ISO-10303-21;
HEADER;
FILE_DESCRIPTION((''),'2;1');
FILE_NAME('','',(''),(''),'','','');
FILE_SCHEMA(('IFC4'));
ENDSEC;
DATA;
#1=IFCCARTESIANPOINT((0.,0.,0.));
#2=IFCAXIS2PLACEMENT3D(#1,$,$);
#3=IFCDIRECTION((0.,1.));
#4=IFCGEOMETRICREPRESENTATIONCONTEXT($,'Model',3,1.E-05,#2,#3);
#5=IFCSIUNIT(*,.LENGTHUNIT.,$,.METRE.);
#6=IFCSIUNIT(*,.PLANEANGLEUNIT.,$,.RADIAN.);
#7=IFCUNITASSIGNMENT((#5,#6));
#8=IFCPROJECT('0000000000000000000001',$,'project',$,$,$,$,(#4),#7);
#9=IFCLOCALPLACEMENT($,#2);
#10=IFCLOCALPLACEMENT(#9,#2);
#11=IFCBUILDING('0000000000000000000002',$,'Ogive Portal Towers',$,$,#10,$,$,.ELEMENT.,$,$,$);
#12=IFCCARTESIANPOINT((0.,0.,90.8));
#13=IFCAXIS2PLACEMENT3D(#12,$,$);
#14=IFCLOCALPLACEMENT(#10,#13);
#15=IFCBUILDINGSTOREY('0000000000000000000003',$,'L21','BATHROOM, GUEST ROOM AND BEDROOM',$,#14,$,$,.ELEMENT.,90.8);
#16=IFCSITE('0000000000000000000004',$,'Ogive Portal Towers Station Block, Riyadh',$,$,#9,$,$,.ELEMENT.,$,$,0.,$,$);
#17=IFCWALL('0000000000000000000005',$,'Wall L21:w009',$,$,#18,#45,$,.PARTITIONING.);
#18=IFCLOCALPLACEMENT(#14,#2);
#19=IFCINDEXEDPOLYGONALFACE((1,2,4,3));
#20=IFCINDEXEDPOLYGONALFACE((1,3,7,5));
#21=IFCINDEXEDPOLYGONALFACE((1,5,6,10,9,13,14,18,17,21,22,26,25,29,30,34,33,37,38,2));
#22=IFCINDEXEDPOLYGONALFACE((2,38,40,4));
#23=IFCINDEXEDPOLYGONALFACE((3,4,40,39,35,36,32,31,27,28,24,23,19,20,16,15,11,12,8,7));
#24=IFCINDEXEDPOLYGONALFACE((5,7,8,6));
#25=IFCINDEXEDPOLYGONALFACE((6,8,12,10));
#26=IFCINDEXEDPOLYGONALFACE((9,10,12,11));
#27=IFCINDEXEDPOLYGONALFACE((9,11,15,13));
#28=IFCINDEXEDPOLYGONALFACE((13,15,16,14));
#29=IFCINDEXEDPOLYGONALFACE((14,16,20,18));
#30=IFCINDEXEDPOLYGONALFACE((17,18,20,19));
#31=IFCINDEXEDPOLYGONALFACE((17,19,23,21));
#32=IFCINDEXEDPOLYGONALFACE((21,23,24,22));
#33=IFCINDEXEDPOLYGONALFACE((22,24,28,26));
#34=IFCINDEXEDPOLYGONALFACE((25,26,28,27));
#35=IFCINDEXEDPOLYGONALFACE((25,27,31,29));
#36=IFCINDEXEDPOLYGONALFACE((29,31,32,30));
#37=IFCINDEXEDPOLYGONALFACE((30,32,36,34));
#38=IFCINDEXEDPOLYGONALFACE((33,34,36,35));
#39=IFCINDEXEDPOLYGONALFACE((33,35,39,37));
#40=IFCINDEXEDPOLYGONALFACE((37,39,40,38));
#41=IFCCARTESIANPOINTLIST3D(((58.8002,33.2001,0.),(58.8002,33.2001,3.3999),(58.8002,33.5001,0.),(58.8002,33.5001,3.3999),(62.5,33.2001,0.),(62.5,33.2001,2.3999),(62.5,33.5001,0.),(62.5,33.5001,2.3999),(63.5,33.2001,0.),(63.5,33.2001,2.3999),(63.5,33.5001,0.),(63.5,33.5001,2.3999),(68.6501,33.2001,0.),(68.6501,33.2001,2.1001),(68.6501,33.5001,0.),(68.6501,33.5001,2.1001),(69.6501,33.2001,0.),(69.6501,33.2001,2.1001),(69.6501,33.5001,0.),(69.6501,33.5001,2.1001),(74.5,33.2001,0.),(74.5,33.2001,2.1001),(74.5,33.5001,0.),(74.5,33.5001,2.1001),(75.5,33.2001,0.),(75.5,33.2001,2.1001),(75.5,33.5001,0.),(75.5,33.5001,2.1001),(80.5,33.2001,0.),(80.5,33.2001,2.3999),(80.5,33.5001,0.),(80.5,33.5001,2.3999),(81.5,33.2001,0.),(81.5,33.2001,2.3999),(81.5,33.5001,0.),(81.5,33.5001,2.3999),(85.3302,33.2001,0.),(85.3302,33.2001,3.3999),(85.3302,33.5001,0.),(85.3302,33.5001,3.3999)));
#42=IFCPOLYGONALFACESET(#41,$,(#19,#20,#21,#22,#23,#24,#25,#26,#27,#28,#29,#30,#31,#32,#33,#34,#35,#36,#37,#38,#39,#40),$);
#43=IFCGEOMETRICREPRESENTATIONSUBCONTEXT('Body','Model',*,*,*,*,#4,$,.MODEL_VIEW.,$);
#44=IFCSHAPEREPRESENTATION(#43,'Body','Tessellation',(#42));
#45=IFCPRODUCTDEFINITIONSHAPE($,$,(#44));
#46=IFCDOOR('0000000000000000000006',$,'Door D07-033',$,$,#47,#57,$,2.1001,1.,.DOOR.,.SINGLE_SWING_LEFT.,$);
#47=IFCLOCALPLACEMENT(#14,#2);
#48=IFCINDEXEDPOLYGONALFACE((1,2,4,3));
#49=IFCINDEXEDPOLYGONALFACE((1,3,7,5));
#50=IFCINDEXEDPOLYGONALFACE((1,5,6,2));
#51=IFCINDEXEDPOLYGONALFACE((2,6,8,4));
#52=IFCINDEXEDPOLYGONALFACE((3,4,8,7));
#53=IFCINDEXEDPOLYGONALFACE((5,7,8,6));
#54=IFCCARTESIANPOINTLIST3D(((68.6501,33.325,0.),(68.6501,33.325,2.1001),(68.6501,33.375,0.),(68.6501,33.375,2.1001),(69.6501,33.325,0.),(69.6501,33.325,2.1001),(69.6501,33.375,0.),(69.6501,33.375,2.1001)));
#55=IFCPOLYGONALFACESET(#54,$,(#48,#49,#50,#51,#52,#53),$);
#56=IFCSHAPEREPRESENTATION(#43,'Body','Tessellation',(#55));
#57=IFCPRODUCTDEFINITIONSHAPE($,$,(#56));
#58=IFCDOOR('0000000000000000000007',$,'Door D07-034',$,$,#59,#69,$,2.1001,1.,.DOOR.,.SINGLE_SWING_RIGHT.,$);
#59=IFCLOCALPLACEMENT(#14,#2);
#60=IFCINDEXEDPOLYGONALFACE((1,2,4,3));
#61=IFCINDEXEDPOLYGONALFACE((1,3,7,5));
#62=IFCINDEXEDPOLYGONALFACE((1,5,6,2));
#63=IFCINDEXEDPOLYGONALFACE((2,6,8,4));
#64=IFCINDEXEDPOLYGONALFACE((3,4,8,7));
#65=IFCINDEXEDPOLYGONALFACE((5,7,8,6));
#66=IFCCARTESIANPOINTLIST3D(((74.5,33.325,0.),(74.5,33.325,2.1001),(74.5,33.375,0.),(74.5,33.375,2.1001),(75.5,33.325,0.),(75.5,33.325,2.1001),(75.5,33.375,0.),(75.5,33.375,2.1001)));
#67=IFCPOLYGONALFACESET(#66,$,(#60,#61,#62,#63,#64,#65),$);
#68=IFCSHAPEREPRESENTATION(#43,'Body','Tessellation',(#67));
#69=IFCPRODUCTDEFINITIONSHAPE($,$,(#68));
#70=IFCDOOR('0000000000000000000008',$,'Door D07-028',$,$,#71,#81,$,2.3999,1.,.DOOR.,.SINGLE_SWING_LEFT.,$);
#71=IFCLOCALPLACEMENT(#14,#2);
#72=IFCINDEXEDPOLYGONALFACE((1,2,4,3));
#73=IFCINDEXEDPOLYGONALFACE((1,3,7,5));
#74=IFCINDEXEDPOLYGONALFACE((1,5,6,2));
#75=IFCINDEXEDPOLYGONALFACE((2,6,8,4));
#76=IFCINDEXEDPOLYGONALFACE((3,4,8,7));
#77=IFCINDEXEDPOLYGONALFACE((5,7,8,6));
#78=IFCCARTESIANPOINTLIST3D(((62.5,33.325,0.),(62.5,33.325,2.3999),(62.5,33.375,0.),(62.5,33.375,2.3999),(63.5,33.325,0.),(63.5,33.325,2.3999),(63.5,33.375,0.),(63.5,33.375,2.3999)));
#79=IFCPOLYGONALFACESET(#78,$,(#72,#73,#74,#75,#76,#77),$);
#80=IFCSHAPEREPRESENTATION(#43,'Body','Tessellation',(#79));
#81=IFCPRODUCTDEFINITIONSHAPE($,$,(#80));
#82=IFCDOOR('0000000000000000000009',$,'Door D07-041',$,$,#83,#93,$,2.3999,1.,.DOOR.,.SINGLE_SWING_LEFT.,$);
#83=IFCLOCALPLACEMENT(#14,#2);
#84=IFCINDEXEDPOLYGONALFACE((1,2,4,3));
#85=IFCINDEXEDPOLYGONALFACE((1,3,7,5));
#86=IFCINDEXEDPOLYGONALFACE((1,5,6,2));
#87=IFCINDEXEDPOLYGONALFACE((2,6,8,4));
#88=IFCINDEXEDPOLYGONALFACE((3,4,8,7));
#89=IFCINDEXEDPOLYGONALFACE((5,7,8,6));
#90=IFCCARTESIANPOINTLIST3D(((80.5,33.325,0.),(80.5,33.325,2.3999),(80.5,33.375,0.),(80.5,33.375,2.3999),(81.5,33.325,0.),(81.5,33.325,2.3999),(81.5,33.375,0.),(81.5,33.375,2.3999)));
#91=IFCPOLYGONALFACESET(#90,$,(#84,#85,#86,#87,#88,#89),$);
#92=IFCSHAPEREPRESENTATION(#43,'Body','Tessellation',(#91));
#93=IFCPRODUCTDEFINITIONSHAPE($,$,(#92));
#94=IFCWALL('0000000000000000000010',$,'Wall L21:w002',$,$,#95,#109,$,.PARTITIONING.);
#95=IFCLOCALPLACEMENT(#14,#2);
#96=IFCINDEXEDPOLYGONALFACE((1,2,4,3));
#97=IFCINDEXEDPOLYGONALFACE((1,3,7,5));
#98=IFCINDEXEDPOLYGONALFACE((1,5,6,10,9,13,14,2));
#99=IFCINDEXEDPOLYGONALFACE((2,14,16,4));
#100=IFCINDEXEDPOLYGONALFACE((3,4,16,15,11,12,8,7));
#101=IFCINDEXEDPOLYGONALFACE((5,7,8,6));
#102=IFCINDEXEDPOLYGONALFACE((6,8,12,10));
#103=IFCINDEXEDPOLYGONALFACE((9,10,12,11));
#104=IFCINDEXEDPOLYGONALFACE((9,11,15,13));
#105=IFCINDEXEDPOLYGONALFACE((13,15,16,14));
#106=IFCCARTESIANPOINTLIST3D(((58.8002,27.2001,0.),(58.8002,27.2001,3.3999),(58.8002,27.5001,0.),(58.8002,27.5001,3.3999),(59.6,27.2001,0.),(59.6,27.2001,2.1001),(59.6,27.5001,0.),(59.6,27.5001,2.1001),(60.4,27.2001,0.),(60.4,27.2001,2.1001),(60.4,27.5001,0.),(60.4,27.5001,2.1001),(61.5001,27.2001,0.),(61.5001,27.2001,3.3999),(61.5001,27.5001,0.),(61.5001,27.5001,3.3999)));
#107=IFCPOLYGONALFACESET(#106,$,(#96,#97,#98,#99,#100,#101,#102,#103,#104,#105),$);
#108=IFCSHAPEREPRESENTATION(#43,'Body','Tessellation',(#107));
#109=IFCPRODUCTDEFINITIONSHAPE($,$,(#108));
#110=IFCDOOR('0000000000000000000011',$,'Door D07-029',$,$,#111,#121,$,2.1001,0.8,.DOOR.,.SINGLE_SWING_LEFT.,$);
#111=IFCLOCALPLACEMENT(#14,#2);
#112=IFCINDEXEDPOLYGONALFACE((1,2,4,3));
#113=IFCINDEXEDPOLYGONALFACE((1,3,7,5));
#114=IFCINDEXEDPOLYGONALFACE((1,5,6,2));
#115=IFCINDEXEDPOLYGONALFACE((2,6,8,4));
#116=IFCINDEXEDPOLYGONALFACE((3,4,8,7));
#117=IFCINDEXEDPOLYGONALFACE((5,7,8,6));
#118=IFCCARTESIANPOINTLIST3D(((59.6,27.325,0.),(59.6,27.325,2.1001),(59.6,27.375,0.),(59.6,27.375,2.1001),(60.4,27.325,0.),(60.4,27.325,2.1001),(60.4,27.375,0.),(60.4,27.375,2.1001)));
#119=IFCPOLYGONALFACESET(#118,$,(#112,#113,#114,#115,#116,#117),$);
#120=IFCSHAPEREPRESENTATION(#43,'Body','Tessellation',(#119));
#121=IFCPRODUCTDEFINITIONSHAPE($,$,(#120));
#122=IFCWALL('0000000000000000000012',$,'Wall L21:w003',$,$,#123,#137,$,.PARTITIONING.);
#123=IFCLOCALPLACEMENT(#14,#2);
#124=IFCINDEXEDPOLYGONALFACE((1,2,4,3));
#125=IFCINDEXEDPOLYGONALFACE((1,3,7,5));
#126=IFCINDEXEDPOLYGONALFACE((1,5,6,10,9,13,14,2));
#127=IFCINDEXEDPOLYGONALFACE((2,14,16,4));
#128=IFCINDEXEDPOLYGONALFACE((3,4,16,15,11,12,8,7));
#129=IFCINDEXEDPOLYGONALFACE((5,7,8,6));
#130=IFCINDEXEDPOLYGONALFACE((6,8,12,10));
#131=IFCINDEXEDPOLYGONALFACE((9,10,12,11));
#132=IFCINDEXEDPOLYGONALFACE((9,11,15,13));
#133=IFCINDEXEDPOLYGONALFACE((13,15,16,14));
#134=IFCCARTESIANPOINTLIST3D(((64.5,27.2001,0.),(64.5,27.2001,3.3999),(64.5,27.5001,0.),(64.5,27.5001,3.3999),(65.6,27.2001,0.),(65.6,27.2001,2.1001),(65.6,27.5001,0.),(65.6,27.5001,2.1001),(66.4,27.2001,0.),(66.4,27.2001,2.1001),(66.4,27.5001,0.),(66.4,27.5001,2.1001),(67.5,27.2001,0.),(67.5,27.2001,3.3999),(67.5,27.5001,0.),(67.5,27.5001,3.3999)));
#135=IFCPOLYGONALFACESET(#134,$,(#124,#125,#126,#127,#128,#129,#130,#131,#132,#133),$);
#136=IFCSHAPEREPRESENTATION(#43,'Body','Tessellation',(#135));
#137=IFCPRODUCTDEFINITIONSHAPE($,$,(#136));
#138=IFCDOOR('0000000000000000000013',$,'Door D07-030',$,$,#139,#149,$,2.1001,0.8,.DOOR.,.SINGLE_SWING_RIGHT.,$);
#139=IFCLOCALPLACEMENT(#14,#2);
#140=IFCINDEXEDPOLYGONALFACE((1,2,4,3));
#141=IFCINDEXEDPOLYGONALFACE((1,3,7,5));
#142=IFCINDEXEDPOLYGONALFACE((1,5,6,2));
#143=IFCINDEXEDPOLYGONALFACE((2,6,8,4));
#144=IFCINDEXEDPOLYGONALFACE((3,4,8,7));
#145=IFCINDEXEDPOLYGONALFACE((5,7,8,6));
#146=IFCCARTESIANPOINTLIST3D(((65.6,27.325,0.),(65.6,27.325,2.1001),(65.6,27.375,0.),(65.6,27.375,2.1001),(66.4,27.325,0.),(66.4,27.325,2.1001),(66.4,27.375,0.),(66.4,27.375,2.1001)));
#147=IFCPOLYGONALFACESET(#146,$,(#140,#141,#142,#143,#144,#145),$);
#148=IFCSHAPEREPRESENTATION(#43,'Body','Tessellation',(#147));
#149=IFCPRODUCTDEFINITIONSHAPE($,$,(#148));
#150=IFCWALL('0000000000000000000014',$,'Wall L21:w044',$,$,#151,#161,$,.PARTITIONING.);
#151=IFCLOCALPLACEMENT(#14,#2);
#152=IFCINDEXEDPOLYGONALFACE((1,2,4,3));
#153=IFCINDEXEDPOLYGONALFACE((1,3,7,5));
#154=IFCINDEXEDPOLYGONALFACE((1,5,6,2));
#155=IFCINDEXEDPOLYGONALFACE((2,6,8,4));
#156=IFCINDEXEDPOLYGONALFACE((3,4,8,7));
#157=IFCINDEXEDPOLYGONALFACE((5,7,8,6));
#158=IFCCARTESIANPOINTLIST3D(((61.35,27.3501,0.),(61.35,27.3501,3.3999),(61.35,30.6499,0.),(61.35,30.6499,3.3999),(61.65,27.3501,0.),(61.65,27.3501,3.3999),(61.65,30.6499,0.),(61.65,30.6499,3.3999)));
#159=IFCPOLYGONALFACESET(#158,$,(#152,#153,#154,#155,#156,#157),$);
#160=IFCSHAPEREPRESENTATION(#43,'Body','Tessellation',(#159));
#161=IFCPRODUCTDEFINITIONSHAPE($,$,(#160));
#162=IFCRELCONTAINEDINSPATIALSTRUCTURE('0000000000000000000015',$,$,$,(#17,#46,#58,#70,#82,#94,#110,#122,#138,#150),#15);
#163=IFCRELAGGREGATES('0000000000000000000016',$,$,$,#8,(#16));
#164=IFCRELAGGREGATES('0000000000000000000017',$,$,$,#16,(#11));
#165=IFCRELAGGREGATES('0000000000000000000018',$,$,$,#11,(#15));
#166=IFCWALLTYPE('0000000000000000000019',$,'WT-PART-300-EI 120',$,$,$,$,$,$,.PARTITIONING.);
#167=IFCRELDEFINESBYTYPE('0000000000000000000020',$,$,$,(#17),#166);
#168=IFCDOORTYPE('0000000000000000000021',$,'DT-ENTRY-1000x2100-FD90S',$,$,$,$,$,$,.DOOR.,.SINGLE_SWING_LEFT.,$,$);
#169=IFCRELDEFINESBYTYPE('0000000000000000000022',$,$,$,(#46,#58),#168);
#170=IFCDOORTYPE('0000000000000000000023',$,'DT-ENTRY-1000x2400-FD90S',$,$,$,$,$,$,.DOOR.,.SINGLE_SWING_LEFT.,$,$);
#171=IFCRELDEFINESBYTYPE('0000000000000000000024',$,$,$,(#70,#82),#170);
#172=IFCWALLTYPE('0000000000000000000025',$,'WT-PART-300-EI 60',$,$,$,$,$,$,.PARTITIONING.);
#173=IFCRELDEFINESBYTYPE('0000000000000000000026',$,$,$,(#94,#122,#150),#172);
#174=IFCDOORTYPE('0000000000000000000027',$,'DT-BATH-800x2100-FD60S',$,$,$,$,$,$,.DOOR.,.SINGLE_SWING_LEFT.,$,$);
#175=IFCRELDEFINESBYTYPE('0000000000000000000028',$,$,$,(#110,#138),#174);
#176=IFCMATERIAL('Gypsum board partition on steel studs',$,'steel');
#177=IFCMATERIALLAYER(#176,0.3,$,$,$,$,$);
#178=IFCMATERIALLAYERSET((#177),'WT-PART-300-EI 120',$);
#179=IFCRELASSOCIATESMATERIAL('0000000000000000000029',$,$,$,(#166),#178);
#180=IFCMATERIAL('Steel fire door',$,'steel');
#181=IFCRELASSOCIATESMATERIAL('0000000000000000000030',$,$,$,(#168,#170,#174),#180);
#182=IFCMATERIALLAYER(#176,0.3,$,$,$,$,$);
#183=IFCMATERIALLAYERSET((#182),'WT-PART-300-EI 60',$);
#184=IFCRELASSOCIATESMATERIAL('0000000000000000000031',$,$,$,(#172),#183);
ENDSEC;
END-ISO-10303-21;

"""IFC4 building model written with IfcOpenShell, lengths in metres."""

from ifc_helpers import new_model, si_unit, direction, frame, frame_2d, origin, place, context, subcontext, project, spatial, rectangle, extrude, material, layer, layer_set, type_object, element, fill, save


model = new_model("IFC4")

# Units and contexts
model_context = context("Model", 3, precision=1e-05, world=origin(), true_north=direction((0.0, 1.0)))
body_context = subcontext(model_context, "Body", "Model", "MODEL_VIEW")
ifc_project = project(units=[si_unit("LENGTHUNIT", "METRE"), si_unit("PLANEANGLEUNIT", "RADIAN")], contexts=[model_context])

# Site, building, storey
site_placement = place(None, origin())
site = spatial("IfcSite", under=ifc_project, at=site_placement, Name="Ogive Portal Towers Station Block, Riyadh", CompositionType="ELEMENT", RefElevation=0.0)
building_placement = place(site_placement, origin())
building = spatial("IfcBuilding", under=site, at=building_placement, Name="Ogive Portal Towers", CompositionType="ELEMENT")
storey_placement = place(building_placement, frame((0.0, 0.0, 90.8)))
storey = spatial("IfcBuildingStorey", under=building, at=storey_placement, Name="L21", Description="BATHROOM, GUEST ROOM AND BEDROOM", CompositionType="ELEMENT", Elevation=90.8)

# Wall, openings, doors
ifc_material_1 = material(Name="Gypsum board partition on steel studs", Category="steel")
ifc_layer_1 = layer(ifc_material_1, 0.3)
ifc_layer_set_1 = layer_set([ifc_layer_1], Name="WT-PART-300-EI 120")
wall_type_1 = type_object("IfcWallType", Name="WT-PART-300-EI 120", PredefinedType="PARTITIONING", material=ifc_layer_set_1)
ifc_material_2 = material(Name="Steel fire door", Category="steel")
door_type_1 = type_object("IfcDoorType", Name="DT-ENTRY-1000x2100-FD90S", OperationType="SINGLE_SWING_LEFT", PredefinedType="DOOR", material=ifc_material_2)
door_type_2 = type_object("IfcDoorType", Name="DT-ENTRY-1000x2400-FD90S", OperationType="SINGLE_SWING_LEFT", PredefinedType="DOOR", material=ifc_material_2)
wall_1_placement = place(storey_placement, frame((58.8, 33.3501, 0.0), z_axis=(0.0, 0.0, 1.0), x_axis=(1.0, 0.0, 0.0)))
wall_1 = element("IfcWall", 1, at=wall_1_placement, inside=storey, type_object=wall_type_1, Name="Wall L21:w009", PredefinedType="PARTITIONING", context=body_context, shape_type="SweptSolid", body=[
    extrude(rectangle(XDim=26.53, YDim=0.3, at=frame_2d((13.2651, 0.0))), origin(), (0.0, 0.0, 1.0), 3.3999),
])
opening_1_placement = place(wall_1_placement, frame((3.7, 0.0, 0.0)))
opening_1 = element("IfcOpeningElement", 2, at=opening_1_placement, cuts=wall_1, PredefinedType="OPENING", context=body_context, shape_type="SweptSolid", body=[
    extrude(rectangle(XDim=1.0, YDim=2.3999, at=frame_2d((0.5, 1.2))), frame((0.0, 0.1602, 0.0), z_axis=(0.0, -1.0, 0.0), x_axis=(1.0, 0.0, 0.0)), (0.0, 0.0, 1.0), 0.3201),
])
opening_2_placement = place(wall_1_placement, frame((9.8501, 0.0, 0.0)))
opening_2 = element("IfcOpeningElement", 3, at=opening_2_placement, cuts=wall_1, PredefinedType="OPENING", context=body_context, shape_type="SweptSolid", body=[
    extrude(rectangle(XDim=1.0, YDim=2.1001, at=frame_2d((0.5, 1.05))), frame((0.0, 0.1602, 0.0), z_axis=(0.0, -1.0, 0.0), x_axis=(1.0, 0.0, 0.0)), (0.0, 0.0, 1.0), 0.3201),
])
opening_3_placement = place(wall_1_placement, frame((15.7, 0.0, 0.0)))
opening_3 = element("IfcOpeningElement", 4, at=opening_3_placement, cuts=wall_1, PredefinedType="OPENING", context=body_context, shape_type="SweptSolid", body=[
    extrude(rectangle(XDim=1.0, YDim=2.1001, at=frame_2d((0.5, 1.05))), frame((0.0, 0.1602, 0.0), z_axis=(0.0, -1.0, 0.0), x_axis=(1.0, 0.0, 0.0)), (0.0, 0.0, 1.0), 0.3201),
])
opening_4_placement = place(wall_1_placement, frame((21.7, 0.0, 0.0)))
opening_4 = element("IfcOpeningElement", 5, at=opening_4_placement, cuts=wall_1, PredefinedType="OPENING", context=body_context, shape_type="SweptSolid", body=[
    extrude(rectangle(XDim=1.0, YDim=2.3999, at=frame_2d((0.5, 1.2))), frame((0.0, 0.1602, 0.0), z_axis=(0.0, -1.0, 0.0), x_axis=(1.0, 0.0, 0.0)), (0.0, 0.0, 1.0), 0.3201),
])
door_1_placement = place(opening_2_placement, origin())
door_1 = element("IfcDoor", 6, at=door_1_placement, inside=storey, type_object=door_type_1, Name="Door D07-033", OperationType="SINGLE_SWING_LEFT", OverallHeight=2.1001, OverallWidth=1.0, PredefinedType="DOOR", context=body_context, shape_type="SweptSolid", body=[
    extrude(rectangle(XDim=1.0, YDim=2.1001, at=frame_2d((0.5, 1.05))), frame((0.0, 0.0249, 0.0), z_axis=(0.0, -1.0, 0.0), x_axis=(1.0, 0.0, 0.0)), (0.0, 0.0, 1.0), 0.05),
])
fill(opening_2, door_1)
door_2_placement = place(opening_3_placement, origin())
door_2 = element("IfcDoor", 7, at=door_2_placement, inside=storey, type_object=door_type_1, Name="Door D07-034", OperationType="SINGLE_SWING_RIGHT", OverallHeight=2.1001, OverallWidth=1.0, PredefinedType="DOOR", context=body_context, shape_type="SweptSolid", body=[
    extrude(rectangle(XDim=1.0, YDim=2.1001, at=frame_2d((0.5, 1.05))), frame((0.0, 0.0249, 0.0), z_axis=(0.0, -1.0, 0.0), x_axis=(1.0, 0.0, 0.0)), (0.0, 0.0, 1.0), 0.05),
])
fill(opening_3, door_2)
door_3_placement = place(opening_1_placement, origin())
door_3 = element("IfcDoor", 8, at=door_3_placement, inside=storey, type_object=door_type_2, Name="Door D07-028", OperationType="SINGLE_SWING_LEFT", OverallHeight=2.3999, OverallWidth=1.0, PredefinedType="DOOR", context=body_context, shape_type="SweptSolid", body=[
    extrude(rectangle(XDim=1.0, YDim=2.3999, at=frame_2d((0.5, 1.2))), frame((0.0, 0.0249, 0.0), z_axis=(0.0, -1.0, 0.0), x_axis=(1.0, 0.0, 0.0)), (0.0, 0.0, 1.0), 0.05),
])
fill(opening_1, door_3)
door_4_placement = place(opening_4_placement, origin())
door_4 = element("IfcDoor", 9, at=door_4_placement, inside=storey, type_object=door_type_2, Name="Door D07-041", OperationType="SINGLE_SWING_LEFT", OverallHeight=2.3999, OverallWidth=1.0, PredefinedType="DOOR", context=body_context, shape_type="SweptSolid", body=[
    extrude(rectangle(XDim=1.0, YDim=2.3999, at=frame_2d((0.5, 1.2))), frame((0.0, 0.0249, 0.0), z_axis=(0.0, -1.0, 0.0), x_axis=(1.0, 0.0, 0.0)), (0.0, 0.0, 1.0), 0.05),
])
fill(opening_4, door_4)

# Walls, openings, doors
ifc_layer_2 = layer(ifc_material_1, 0.3)
ifc_layer_set_2 = layer_set([ifc_layer_2], Name="WT-PART-300-EI 60")
wall_type_2 = type_object("IfcWallType", Name="WT-PART-300-EI 60", PredefinedType="PARTITIONING", material=ifc_layer_set_2)
wall_2_placement = place(storey_placement, frame((58.8, 27.3501, 0.0), z_axis=(0.0, 0.0, 1.0), x_axis=(1.0, 0.0, 0.0)))
wall_2 = element("IfcWall", 10, at=wall_2_placement, inside=storey, type_object=wall_type_2, Name="Wall L21:w002", PredefinedType="PARTITIONING", context=body_context, shape_type="SweptSolid", body=[
    extrude(rectangle(XDim=2.7, YDim=0.3, at=frame_2d((1.3501, 0.0))), origin(), (0.0, 0.0, 1.0), 3.3999),
])
opening_5_placement = place(wall_2_placement, frame((0.8, 0.0, 0.0)))
opening_5 = element("IfcOpeningElement", 11, at=opening_5_placement, cuts=wall_2, PredefinedType="OPENING", context=body_context, shape_type="SweptSolid", body=[
    extrude(rectangle(XDim=0.8, YDim=2.1001, at=frame_2d((0.3999, 1.05))), frame((0.0, 0.1602, 0.0), z_axis=(0.0, -1.0, 0.0), x_axis=(1.0, 0.0, 0.0)), (0.0, 0.0, 1.0), 0.3201),
])
door_type_3 = type_object("IfcDoorType", Name="DT-BATH-800x2100-FD60S", OperationType="SINGLE_SWING_LEFT", PredefinedType="DOOR", material=ifc_material_2)
door_5_placement = place(opening_5_placement, origin())
door_5 = element("IfcDoor", 12, at=door_5_placement, inside=storey, type_object=door_type_3, Name="Door D07-029", OperationType="SINGLE_SWING_LEFT", OverallHeight=2.1001, OverallWidth=0.8, PredefinedType="DOOR", context=body_context, shape_type="SweptSolid", body=[
    extrude(rectangle(XDim=0.8, YDim=2.1001, at=frame_2d((0.3999, 1.05))), frame((0.0, 0.0249, 0.0), z_axis=(0.0, -1.0, 0.0), x_axis=(1.0, 0.0, 0.0)), (0.0, 0.0, 1.0), 0.05),
])
fill(opening_5, door_5)
wall_3_placement = place(storey_placement, frame((64.5, 27.3501, 0.0), z_axis=(0.0, 0.0, 1.0), x_axis=(1.0, 0.0, 0.0)))
wall_3 = element("IfcWall", 13, at=wall_3_placement, inside=storey, type_object=wall_type_2, Name="Wall L21:w003", PredefinedType="PARTITIONING", context=body_context, shape_type="SweptSolid", body=[
    extrude(rectangle(XDim=3.0, YDim=0.3, at=frame_2d((1.5, 0.0))), origin(), (0.0, 0.0, 1.0), 3.3999),
])
opening_6_placement = place(wall_3_placement, frame((1.1001, 0.0, 0.0)))
opening_6 = element("IfcOpeningElement", 14, at=opening_6_placement, cuts=wall_3, PredefinedType="OPENING", context=body_context, shape_type="SweptSolid", body=[
    extrude(rectangle(XDim=0.8, YDim=2.1001, at=frame_2d((0.3999, 1.05))), frame((0.0, 0.1602, 0.0), z_axis=(0.0, -1.0, 0.0), x_axis=(1.0, 0.0, 0.0)), (0.0, 0.0, 1.0), 0.3201),
])
door_6_placement = place(opening_6_placement, origin())
door_6 = element("IfcDoor", 15, at=door_6_placement, inside=storey, type_object=door_type_3, Name="Door D07-030", OperationType="SINGLE_SWING_RIGHT", OverallHeight=2.1001, OverallWidth=0.8, PredefinedType="DOOR", context=body_context, shape_type="SweptSolid", body=[
    extrude(rectangle(XDim=0.8, YDim=2.1001, at=frame_2d((0.3999, 1.05))), frame((0.0, 0.0249, 0.0), z_axis=(0.0, -1.0, 0.0), x_axis=(1.0, 0.0, 0.0)), (0.0, 0.0, 1.0), 0.05),
])
fill(opening_6, door_6)

# Wall
for number, where, z_axis, x_axis, name in (
    (16, (61.5, 27.3501, 0.0), (0.0, 0.0, 1.0), (0.0, 1.0, 0.0), "Wall L21:w044"),
):
    element("IfcWall", number, at=place(storey_placement, frame(where, z_axis=z_axis, x_axis=x_axis)), inside=storey, type_object=wall_type_2, Name=name, PredefinedType="PARTITIONING", context=body_context, shape_type="SweptSolid", body=[
        extrude(rectangle(XDim=3.2998, YDim=0.3, at=frame_2d((1.6499, 0.0))), origin(), (0.0, 0.0, 1.0), 3.3999),
    ])

save(model, "model.ifc")
